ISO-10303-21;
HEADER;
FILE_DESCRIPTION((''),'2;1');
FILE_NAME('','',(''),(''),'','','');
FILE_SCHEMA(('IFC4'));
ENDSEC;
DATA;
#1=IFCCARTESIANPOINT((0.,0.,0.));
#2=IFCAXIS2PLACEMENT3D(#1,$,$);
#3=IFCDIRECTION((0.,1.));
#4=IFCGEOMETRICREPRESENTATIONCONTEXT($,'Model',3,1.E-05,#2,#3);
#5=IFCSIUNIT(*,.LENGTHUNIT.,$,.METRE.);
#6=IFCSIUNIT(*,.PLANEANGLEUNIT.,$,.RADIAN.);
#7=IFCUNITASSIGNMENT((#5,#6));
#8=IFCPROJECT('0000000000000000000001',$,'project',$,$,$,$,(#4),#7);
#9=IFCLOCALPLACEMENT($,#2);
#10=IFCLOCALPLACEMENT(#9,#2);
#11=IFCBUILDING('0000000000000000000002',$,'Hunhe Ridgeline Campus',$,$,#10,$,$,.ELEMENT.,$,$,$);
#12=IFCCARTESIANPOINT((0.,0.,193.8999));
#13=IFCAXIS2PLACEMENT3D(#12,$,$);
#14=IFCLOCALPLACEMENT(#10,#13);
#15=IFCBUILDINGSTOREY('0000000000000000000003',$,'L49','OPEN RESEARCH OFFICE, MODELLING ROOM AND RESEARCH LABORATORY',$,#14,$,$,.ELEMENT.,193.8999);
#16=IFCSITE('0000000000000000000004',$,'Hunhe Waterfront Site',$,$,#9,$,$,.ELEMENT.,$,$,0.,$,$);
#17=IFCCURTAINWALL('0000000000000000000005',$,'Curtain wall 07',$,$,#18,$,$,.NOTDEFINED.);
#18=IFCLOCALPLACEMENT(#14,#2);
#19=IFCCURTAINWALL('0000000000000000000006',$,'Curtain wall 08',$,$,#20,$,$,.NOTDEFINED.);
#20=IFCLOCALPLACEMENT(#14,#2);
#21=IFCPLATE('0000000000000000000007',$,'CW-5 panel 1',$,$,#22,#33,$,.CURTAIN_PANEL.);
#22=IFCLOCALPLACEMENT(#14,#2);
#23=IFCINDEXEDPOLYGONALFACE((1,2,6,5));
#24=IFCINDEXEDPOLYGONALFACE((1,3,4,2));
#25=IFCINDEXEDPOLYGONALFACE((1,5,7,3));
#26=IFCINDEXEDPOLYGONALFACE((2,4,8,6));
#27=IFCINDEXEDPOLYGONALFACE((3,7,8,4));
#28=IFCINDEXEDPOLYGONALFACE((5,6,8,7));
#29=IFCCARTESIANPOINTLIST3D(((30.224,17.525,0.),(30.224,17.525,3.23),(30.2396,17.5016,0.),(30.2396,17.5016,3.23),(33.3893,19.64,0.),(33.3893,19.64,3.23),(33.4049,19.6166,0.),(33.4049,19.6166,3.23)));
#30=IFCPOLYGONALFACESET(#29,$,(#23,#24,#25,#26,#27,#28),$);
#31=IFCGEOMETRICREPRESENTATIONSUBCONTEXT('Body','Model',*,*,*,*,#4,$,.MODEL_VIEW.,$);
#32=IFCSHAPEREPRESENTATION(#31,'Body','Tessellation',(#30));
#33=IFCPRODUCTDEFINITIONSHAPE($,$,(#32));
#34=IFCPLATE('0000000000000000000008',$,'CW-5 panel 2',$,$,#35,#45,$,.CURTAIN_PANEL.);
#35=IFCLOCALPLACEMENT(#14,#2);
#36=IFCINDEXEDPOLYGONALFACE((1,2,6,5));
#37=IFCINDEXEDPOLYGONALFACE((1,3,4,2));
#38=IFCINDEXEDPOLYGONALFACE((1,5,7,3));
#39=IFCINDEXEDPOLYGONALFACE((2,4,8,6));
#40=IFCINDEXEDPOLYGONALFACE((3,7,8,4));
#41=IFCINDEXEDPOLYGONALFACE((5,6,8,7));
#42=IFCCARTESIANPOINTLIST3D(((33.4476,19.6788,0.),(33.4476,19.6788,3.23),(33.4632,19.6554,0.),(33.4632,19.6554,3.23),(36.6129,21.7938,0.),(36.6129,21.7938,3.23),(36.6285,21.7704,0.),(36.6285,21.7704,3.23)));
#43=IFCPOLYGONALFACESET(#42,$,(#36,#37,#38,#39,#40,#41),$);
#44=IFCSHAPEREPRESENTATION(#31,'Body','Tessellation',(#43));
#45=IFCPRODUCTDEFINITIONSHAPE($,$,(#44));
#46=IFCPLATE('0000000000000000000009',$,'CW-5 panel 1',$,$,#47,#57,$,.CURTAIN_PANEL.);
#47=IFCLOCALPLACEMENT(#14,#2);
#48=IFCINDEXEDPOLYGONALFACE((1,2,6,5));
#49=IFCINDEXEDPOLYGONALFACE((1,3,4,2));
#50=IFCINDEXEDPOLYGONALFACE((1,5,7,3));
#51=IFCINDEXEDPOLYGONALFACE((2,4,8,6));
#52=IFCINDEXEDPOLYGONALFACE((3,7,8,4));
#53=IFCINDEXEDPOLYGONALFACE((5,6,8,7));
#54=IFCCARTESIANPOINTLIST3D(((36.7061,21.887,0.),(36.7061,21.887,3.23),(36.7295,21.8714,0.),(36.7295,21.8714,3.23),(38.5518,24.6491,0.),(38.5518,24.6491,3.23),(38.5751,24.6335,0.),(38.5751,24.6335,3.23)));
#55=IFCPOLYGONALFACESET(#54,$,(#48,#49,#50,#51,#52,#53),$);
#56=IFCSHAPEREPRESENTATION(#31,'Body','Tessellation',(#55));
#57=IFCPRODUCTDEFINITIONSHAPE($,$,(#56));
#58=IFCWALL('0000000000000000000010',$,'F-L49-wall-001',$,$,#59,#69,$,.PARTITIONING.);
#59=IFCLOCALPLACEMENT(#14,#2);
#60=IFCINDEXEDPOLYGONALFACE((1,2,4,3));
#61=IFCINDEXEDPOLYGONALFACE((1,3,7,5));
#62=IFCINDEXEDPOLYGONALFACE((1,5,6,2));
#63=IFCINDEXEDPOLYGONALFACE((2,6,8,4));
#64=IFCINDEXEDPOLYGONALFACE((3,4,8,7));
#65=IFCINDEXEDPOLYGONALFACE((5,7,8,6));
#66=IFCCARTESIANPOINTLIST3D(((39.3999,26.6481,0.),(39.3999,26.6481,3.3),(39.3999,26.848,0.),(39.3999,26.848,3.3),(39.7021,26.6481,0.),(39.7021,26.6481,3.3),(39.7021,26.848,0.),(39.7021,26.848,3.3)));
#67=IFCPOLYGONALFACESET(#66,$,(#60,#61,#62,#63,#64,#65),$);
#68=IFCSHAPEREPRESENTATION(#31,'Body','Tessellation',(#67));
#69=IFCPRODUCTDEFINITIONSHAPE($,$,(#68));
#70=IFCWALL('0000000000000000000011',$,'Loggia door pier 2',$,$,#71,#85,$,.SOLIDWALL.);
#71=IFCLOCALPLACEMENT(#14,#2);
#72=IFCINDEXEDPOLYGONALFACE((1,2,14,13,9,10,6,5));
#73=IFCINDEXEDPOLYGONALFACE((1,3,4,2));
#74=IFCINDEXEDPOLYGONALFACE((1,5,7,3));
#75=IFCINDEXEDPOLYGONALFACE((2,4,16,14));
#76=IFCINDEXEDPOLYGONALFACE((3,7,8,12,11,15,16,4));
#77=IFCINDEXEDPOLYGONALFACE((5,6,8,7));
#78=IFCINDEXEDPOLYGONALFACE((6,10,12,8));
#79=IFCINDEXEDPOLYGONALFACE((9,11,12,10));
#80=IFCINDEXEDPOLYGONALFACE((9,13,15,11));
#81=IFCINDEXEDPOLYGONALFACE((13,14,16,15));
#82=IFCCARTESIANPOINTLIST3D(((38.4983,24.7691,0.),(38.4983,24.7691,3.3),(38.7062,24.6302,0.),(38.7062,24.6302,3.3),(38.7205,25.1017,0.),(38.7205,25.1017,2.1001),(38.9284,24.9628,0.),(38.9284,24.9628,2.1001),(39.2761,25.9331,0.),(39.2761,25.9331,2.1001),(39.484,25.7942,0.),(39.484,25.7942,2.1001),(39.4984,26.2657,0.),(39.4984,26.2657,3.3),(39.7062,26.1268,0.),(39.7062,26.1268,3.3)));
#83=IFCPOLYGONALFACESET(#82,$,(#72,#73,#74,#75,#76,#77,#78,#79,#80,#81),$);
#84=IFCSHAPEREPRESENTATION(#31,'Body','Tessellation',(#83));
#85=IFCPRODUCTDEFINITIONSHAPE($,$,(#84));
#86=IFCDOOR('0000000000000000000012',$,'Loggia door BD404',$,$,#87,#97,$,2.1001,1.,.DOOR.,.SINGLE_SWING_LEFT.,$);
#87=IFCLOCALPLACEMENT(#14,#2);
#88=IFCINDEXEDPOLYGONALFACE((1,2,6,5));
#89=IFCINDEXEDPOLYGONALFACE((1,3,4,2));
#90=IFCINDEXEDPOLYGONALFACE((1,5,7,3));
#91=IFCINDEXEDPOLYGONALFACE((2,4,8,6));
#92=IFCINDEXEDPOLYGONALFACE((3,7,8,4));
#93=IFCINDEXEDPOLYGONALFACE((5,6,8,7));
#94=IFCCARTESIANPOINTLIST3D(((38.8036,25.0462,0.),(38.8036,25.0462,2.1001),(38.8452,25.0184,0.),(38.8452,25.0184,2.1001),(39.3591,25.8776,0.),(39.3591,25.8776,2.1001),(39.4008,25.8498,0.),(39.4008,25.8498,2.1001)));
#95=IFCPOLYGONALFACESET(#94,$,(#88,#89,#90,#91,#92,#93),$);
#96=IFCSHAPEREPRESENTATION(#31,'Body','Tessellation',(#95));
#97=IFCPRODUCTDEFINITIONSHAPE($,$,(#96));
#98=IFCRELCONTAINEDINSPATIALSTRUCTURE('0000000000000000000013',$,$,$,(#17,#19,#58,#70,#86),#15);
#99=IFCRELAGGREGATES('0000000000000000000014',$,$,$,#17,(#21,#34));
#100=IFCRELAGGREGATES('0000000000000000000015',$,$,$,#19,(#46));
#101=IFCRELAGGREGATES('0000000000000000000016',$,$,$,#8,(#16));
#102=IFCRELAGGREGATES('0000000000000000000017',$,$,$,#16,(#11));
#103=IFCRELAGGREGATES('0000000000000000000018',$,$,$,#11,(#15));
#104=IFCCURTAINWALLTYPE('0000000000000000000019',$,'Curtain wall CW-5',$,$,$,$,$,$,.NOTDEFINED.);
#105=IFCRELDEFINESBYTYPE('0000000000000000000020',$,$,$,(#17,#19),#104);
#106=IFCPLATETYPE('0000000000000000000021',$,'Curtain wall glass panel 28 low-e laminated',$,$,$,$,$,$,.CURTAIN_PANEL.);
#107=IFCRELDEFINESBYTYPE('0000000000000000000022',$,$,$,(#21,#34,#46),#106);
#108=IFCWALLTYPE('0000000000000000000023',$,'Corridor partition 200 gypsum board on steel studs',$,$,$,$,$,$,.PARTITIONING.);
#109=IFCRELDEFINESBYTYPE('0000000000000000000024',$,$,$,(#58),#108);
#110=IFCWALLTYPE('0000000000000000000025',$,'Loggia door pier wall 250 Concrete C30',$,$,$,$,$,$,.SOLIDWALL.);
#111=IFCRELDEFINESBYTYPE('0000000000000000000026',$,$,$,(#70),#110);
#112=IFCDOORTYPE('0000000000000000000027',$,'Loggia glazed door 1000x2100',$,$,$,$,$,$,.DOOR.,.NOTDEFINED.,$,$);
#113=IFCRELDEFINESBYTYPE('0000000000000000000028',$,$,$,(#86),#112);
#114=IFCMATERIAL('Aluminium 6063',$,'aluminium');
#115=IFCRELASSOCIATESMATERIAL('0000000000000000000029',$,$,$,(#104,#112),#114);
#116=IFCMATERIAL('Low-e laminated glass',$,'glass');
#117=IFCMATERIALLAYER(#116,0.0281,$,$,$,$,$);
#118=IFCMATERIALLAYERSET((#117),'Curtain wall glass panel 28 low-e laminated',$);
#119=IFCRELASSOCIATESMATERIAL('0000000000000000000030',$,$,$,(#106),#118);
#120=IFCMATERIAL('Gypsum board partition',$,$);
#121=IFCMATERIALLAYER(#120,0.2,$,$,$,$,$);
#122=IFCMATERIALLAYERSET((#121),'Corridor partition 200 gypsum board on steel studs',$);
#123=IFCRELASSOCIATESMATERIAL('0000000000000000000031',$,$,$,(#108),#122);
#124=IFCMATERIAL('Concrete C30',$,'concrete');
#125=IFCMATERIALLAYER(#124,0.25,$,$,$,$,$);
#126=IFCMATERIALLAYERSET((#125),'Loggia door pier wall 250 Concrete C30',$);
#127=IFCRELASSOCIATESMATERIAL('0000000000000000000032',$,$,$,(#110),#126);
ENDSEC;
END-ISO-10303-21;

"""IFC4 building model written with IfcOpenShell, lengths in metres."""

from ifc_helpers import new_model, si_unit, direction, frame, frame_2d, origin, origin_2d, place, context, subcontext, project, spatial, rectangle, extrude, material, layer, layer_set, type_object, element, fill, aggregate, save


model = new_model("IFC4")

# Units and contexts
model_context = context("Model", 3, precision=1e-05, world=origin(), true_north=direction((0.0, 1.0)))
body_context = subcontext(model_context, "Body", "Model", "MODEL_VIEW")
ifc_project = project(units=[si_unit("LENGTHUNIT", "METRE"), si_unit("PLANEANGLEUNIT", "RADIAN")], contexts=[model_context])

# Site, building, storey
site_placement = place(None, origin())
site = spatial("IfcSite", under=ifc_project, at=site_placement, Name="Hunhe Waterfront Site", CompositionType="ELEMENT", RefElevation=0.0)
building_placement = place(site_placement, origin())
building = spatial("IfcBuilding", under=site, at=building_placement, Name="Hunhe Ridgeline Campus", CompositionType="ELEMENT")
storey_placement = place(building_placement, frame((0.0, 0.0, 193.8999)))
storey = spatial("IfcBuildingStorey", under=building, at=storey_placement, Name="L49", Description="OPEN RESEARCH OFFICE, MODELLING ROOM AND RESEARCH LABORATORY", CompositionType="ELEMENT", Elevation=193.8999)

# Shared definitions
ifc_material_1 = material(Name="Aluminium 6063", Category="aluminium")
curtain_wall_type = type_object("IfcCurtainWallType", Name="Curtain wall CW-5", PredefinedType="NOTDEFINED", material=ifc_material_1)

# Curtain walls
curtain_wall_1_placement = place(storey_placement, origin())
curtain_wall_1 = element("IfcCurtainWall", 1, at=curtain_wall_1_placement, inside=storey, type_object=curtain_wall_type, Name="Curtain wall 07", PredefinedType="NOTDEFINED")
curtain_wall_2_placement = place(storey_placement, origin())
curtain_wall_2 = element("IfcCurtainWall", 2, at=curtain_wall_2_placement, inside=storey, type_object=curtain_wall_type, Name="Curtain wall 08", PredefinedType="NOTDEFINED")

# Plates
ifc_material_2 = material(Name="Low-e laminated glass", Category="glass")
ifc_layer_1 = layer(ifc_material_2, 0.0281)
ifc_layer_set_1 = layer_set([ifc_layer_1], Name="Curtain wall glass panel 28 low-e laminated")
plate_type = type_object("IfcPlateType", Name="Curtain wall glass panel 28 low-e laminated", PredefinedType="CURTAIN_PANEL", material=ifc_layer_set_1)
plate_1_placement = place(storey_placement, frame((31.8145, 18.5708, 0.0), z_axis=(0.0, 0.0, 1.0), x_axis=(0.83147, 0.55557, 0.0)))
plate_1 = element("IfcPlate", 3, at=plate_1_placement, type_object=plate_type, Name="CW-5 panel 1", PredefinedType="CURTAIN_PANEL", context=body_context, shape_type="SweptSolid", body=[
    extrude(rectangle(XDim=3.8069, YDim=0.0281, at=origin_2d()), origin(), (0.0, 0.0, 1.0), 3.23),
])
plate_2_placement = place(storey_placement, frame((35.0381, 20.7246, 0.0), z_axis=(0.0, 0.0, 1.0), x_axis=(0.83147, 0.55557, 0.0)))
plate_2 = element("IfcPlate", 4, at=plate_2_placement, type_object=plate_type, Name="CW-5 panel 2", PredefinedType="CURTAIN_PANEL", context=body_context, shape_type="SweptSolid", body=[
    extrude(rectangle(XDim=3.8069, YDim=0.0281, at=origin_2d()), origin(), (0.0, 0.0, 1.0), 3.23),
])
aggregate(curtain_wall_1, [plate_1, plate_2])
plate_3_placement = place(storey_placement, frame((37.6406, 23.2603, 0.0), z_axis=(0.0, 0.0, 1.0), x_axis=(0.55557, 0.83147, 0.0)))
plate_3 = element("IfcPlate", 5, at=plate_3_placement, type_object=plate_type, Name="CW-5 panel 1", PredefinedType="CURTAIN_PANEL", context=body_context, shape_type="SweptSolid", body=[
    extrude(rectangle(XDim=3.322, YDim=0.0281, at=origin_2d()), origin(), (0.0, 0.0, 1.0), 3.23),
])
aggregate(curtain_wall_2, [plate_3])

# Wall
ifc_material_3 = material(Name="Gypsum board partition")
ifc_layer_2 = layer(ifc_material_3, 0.2)
ifc_layer_set_2 = layer_set([ifc_layer_2], Name="Corridor partition 200 gypsum board on steel studs")
wall_type_1 = type_object("IfcWallType", Name="Corridor partition 200 gypsum board on steel studs", PredefinedType="PARTITIONING", material=ifc_layer_set_2)
wall_1_placement = place(storey_placement, frame((39.3999, 26.748, 0.0), z_axis=(0.0, 0.0, 1.0), x_axis=(1.0, 0.0, 0.0)))
element("IfcWall", 6, at=wall_1_placement, inside=storey, type_object=wall_type_1, Name="F-L49-wall-001", PredefinedType="PARTITIONING", context=body_context, shape_type="SweptSolid", body=[
    extrude(rectangle(XDim=0.3022, YDim=0.2, at=frame_2d((0.1511, 0.0))), origin(), (0.0, 0.0, 1.0), 3.3),
])

# Wall, opening, door
ifc_material_4 = material(Name="Concrete C30", Category="concrete")
ifc_layer_3 = layer(ifc_material_4, 0.25)
ifc_layer_set_3 = layer_set([ifc_layer_3], Name="Loggia door pier wall 250 Concrete C30")
wall_type_2 = type_object("IfcWallType", Name="Loggia door pier wall 250 Concrete C30", PredefinedType="SOLIDWALL", material=ifc_layer_set_3)
wall_2_placement = place(storey_placement, frame((38.6023, 24.6997, 0.0), z_axis=(0.0, 0.0, 1.0), x_axis=(0.555576, 0.831466, 0.0)))
wall_2 = element("IfcWall", 7, at=wall_2_placement, inside=storey, type_object=wall_type_2, Name="Loggia door pier 2", PredefinedType="SOLIDWALL", context=body_context, shape_type="SweptSolid", body=[
    extrude(rectangle(XDim=1.8, YDim=0.25, at=frame_2d((0.8999, 0.0))), origin(), (0.0, 0.0, 1.0), 3.3),
])
opening_1_placement = place(wall_2_placement, frame((0.3999, 0.0, 0.0)))
opening_1 = element("IfcOpeningElement", 8, at=opening_1_placement, cuts=wall_2, PredefinedType="OPENING", context=body_context, shape_type="SweptSolid", body=[
    extrude(rectangle(XDim=1.0, YDim=2.1001, at=frame_2d((0.5, 1.05))), frame((0.0, 0.125, 0.0), z_axis=(0.0, -1.0, 0.0), x_axis=(1.0, 0.0, 0.0)), (0.0, 0.0, 1.0), 0.25),
])
door_type_1 = type_object("IfcDoorType", Name="Loggia glazed door 1000x2100", OperationType="NOTDEFINED", PredefinedType="DOOR", material=ifc_material_1)
door_1_placement = place(opening_1_placement, frame((1.0, 0.0, 0.0), z_axis=(0.0, 0.0, 1.0), x_axis=(-1.0, 0.0, 0.0)))
door_1 = element("IfcDoor", 9, at=door_1_placement, inside=storey, type_object=door_type_1, Name="Loggia door BD404", OperationType="SINGLE_SWING_LEFT", OverallHeight=2.1001, OverallWidth=1.0, PredefinedType="DOOR", context=body_context, shape_type="SweptSolid", body=[
    extrude(rectangle(XDim=1.0, YDim=2.1001, at=frame_2d((0.5, 1.05))), frame((0.0, 0.0249, 0.0), z_axis=(0.0, -1.0, 0.0), x_axis=(1.0, 0.0, 0.0)), (0.0, 0.0, 1.0), 0.05),
])
fill(opening_1, door_1)

save(model, "model.ifc")
